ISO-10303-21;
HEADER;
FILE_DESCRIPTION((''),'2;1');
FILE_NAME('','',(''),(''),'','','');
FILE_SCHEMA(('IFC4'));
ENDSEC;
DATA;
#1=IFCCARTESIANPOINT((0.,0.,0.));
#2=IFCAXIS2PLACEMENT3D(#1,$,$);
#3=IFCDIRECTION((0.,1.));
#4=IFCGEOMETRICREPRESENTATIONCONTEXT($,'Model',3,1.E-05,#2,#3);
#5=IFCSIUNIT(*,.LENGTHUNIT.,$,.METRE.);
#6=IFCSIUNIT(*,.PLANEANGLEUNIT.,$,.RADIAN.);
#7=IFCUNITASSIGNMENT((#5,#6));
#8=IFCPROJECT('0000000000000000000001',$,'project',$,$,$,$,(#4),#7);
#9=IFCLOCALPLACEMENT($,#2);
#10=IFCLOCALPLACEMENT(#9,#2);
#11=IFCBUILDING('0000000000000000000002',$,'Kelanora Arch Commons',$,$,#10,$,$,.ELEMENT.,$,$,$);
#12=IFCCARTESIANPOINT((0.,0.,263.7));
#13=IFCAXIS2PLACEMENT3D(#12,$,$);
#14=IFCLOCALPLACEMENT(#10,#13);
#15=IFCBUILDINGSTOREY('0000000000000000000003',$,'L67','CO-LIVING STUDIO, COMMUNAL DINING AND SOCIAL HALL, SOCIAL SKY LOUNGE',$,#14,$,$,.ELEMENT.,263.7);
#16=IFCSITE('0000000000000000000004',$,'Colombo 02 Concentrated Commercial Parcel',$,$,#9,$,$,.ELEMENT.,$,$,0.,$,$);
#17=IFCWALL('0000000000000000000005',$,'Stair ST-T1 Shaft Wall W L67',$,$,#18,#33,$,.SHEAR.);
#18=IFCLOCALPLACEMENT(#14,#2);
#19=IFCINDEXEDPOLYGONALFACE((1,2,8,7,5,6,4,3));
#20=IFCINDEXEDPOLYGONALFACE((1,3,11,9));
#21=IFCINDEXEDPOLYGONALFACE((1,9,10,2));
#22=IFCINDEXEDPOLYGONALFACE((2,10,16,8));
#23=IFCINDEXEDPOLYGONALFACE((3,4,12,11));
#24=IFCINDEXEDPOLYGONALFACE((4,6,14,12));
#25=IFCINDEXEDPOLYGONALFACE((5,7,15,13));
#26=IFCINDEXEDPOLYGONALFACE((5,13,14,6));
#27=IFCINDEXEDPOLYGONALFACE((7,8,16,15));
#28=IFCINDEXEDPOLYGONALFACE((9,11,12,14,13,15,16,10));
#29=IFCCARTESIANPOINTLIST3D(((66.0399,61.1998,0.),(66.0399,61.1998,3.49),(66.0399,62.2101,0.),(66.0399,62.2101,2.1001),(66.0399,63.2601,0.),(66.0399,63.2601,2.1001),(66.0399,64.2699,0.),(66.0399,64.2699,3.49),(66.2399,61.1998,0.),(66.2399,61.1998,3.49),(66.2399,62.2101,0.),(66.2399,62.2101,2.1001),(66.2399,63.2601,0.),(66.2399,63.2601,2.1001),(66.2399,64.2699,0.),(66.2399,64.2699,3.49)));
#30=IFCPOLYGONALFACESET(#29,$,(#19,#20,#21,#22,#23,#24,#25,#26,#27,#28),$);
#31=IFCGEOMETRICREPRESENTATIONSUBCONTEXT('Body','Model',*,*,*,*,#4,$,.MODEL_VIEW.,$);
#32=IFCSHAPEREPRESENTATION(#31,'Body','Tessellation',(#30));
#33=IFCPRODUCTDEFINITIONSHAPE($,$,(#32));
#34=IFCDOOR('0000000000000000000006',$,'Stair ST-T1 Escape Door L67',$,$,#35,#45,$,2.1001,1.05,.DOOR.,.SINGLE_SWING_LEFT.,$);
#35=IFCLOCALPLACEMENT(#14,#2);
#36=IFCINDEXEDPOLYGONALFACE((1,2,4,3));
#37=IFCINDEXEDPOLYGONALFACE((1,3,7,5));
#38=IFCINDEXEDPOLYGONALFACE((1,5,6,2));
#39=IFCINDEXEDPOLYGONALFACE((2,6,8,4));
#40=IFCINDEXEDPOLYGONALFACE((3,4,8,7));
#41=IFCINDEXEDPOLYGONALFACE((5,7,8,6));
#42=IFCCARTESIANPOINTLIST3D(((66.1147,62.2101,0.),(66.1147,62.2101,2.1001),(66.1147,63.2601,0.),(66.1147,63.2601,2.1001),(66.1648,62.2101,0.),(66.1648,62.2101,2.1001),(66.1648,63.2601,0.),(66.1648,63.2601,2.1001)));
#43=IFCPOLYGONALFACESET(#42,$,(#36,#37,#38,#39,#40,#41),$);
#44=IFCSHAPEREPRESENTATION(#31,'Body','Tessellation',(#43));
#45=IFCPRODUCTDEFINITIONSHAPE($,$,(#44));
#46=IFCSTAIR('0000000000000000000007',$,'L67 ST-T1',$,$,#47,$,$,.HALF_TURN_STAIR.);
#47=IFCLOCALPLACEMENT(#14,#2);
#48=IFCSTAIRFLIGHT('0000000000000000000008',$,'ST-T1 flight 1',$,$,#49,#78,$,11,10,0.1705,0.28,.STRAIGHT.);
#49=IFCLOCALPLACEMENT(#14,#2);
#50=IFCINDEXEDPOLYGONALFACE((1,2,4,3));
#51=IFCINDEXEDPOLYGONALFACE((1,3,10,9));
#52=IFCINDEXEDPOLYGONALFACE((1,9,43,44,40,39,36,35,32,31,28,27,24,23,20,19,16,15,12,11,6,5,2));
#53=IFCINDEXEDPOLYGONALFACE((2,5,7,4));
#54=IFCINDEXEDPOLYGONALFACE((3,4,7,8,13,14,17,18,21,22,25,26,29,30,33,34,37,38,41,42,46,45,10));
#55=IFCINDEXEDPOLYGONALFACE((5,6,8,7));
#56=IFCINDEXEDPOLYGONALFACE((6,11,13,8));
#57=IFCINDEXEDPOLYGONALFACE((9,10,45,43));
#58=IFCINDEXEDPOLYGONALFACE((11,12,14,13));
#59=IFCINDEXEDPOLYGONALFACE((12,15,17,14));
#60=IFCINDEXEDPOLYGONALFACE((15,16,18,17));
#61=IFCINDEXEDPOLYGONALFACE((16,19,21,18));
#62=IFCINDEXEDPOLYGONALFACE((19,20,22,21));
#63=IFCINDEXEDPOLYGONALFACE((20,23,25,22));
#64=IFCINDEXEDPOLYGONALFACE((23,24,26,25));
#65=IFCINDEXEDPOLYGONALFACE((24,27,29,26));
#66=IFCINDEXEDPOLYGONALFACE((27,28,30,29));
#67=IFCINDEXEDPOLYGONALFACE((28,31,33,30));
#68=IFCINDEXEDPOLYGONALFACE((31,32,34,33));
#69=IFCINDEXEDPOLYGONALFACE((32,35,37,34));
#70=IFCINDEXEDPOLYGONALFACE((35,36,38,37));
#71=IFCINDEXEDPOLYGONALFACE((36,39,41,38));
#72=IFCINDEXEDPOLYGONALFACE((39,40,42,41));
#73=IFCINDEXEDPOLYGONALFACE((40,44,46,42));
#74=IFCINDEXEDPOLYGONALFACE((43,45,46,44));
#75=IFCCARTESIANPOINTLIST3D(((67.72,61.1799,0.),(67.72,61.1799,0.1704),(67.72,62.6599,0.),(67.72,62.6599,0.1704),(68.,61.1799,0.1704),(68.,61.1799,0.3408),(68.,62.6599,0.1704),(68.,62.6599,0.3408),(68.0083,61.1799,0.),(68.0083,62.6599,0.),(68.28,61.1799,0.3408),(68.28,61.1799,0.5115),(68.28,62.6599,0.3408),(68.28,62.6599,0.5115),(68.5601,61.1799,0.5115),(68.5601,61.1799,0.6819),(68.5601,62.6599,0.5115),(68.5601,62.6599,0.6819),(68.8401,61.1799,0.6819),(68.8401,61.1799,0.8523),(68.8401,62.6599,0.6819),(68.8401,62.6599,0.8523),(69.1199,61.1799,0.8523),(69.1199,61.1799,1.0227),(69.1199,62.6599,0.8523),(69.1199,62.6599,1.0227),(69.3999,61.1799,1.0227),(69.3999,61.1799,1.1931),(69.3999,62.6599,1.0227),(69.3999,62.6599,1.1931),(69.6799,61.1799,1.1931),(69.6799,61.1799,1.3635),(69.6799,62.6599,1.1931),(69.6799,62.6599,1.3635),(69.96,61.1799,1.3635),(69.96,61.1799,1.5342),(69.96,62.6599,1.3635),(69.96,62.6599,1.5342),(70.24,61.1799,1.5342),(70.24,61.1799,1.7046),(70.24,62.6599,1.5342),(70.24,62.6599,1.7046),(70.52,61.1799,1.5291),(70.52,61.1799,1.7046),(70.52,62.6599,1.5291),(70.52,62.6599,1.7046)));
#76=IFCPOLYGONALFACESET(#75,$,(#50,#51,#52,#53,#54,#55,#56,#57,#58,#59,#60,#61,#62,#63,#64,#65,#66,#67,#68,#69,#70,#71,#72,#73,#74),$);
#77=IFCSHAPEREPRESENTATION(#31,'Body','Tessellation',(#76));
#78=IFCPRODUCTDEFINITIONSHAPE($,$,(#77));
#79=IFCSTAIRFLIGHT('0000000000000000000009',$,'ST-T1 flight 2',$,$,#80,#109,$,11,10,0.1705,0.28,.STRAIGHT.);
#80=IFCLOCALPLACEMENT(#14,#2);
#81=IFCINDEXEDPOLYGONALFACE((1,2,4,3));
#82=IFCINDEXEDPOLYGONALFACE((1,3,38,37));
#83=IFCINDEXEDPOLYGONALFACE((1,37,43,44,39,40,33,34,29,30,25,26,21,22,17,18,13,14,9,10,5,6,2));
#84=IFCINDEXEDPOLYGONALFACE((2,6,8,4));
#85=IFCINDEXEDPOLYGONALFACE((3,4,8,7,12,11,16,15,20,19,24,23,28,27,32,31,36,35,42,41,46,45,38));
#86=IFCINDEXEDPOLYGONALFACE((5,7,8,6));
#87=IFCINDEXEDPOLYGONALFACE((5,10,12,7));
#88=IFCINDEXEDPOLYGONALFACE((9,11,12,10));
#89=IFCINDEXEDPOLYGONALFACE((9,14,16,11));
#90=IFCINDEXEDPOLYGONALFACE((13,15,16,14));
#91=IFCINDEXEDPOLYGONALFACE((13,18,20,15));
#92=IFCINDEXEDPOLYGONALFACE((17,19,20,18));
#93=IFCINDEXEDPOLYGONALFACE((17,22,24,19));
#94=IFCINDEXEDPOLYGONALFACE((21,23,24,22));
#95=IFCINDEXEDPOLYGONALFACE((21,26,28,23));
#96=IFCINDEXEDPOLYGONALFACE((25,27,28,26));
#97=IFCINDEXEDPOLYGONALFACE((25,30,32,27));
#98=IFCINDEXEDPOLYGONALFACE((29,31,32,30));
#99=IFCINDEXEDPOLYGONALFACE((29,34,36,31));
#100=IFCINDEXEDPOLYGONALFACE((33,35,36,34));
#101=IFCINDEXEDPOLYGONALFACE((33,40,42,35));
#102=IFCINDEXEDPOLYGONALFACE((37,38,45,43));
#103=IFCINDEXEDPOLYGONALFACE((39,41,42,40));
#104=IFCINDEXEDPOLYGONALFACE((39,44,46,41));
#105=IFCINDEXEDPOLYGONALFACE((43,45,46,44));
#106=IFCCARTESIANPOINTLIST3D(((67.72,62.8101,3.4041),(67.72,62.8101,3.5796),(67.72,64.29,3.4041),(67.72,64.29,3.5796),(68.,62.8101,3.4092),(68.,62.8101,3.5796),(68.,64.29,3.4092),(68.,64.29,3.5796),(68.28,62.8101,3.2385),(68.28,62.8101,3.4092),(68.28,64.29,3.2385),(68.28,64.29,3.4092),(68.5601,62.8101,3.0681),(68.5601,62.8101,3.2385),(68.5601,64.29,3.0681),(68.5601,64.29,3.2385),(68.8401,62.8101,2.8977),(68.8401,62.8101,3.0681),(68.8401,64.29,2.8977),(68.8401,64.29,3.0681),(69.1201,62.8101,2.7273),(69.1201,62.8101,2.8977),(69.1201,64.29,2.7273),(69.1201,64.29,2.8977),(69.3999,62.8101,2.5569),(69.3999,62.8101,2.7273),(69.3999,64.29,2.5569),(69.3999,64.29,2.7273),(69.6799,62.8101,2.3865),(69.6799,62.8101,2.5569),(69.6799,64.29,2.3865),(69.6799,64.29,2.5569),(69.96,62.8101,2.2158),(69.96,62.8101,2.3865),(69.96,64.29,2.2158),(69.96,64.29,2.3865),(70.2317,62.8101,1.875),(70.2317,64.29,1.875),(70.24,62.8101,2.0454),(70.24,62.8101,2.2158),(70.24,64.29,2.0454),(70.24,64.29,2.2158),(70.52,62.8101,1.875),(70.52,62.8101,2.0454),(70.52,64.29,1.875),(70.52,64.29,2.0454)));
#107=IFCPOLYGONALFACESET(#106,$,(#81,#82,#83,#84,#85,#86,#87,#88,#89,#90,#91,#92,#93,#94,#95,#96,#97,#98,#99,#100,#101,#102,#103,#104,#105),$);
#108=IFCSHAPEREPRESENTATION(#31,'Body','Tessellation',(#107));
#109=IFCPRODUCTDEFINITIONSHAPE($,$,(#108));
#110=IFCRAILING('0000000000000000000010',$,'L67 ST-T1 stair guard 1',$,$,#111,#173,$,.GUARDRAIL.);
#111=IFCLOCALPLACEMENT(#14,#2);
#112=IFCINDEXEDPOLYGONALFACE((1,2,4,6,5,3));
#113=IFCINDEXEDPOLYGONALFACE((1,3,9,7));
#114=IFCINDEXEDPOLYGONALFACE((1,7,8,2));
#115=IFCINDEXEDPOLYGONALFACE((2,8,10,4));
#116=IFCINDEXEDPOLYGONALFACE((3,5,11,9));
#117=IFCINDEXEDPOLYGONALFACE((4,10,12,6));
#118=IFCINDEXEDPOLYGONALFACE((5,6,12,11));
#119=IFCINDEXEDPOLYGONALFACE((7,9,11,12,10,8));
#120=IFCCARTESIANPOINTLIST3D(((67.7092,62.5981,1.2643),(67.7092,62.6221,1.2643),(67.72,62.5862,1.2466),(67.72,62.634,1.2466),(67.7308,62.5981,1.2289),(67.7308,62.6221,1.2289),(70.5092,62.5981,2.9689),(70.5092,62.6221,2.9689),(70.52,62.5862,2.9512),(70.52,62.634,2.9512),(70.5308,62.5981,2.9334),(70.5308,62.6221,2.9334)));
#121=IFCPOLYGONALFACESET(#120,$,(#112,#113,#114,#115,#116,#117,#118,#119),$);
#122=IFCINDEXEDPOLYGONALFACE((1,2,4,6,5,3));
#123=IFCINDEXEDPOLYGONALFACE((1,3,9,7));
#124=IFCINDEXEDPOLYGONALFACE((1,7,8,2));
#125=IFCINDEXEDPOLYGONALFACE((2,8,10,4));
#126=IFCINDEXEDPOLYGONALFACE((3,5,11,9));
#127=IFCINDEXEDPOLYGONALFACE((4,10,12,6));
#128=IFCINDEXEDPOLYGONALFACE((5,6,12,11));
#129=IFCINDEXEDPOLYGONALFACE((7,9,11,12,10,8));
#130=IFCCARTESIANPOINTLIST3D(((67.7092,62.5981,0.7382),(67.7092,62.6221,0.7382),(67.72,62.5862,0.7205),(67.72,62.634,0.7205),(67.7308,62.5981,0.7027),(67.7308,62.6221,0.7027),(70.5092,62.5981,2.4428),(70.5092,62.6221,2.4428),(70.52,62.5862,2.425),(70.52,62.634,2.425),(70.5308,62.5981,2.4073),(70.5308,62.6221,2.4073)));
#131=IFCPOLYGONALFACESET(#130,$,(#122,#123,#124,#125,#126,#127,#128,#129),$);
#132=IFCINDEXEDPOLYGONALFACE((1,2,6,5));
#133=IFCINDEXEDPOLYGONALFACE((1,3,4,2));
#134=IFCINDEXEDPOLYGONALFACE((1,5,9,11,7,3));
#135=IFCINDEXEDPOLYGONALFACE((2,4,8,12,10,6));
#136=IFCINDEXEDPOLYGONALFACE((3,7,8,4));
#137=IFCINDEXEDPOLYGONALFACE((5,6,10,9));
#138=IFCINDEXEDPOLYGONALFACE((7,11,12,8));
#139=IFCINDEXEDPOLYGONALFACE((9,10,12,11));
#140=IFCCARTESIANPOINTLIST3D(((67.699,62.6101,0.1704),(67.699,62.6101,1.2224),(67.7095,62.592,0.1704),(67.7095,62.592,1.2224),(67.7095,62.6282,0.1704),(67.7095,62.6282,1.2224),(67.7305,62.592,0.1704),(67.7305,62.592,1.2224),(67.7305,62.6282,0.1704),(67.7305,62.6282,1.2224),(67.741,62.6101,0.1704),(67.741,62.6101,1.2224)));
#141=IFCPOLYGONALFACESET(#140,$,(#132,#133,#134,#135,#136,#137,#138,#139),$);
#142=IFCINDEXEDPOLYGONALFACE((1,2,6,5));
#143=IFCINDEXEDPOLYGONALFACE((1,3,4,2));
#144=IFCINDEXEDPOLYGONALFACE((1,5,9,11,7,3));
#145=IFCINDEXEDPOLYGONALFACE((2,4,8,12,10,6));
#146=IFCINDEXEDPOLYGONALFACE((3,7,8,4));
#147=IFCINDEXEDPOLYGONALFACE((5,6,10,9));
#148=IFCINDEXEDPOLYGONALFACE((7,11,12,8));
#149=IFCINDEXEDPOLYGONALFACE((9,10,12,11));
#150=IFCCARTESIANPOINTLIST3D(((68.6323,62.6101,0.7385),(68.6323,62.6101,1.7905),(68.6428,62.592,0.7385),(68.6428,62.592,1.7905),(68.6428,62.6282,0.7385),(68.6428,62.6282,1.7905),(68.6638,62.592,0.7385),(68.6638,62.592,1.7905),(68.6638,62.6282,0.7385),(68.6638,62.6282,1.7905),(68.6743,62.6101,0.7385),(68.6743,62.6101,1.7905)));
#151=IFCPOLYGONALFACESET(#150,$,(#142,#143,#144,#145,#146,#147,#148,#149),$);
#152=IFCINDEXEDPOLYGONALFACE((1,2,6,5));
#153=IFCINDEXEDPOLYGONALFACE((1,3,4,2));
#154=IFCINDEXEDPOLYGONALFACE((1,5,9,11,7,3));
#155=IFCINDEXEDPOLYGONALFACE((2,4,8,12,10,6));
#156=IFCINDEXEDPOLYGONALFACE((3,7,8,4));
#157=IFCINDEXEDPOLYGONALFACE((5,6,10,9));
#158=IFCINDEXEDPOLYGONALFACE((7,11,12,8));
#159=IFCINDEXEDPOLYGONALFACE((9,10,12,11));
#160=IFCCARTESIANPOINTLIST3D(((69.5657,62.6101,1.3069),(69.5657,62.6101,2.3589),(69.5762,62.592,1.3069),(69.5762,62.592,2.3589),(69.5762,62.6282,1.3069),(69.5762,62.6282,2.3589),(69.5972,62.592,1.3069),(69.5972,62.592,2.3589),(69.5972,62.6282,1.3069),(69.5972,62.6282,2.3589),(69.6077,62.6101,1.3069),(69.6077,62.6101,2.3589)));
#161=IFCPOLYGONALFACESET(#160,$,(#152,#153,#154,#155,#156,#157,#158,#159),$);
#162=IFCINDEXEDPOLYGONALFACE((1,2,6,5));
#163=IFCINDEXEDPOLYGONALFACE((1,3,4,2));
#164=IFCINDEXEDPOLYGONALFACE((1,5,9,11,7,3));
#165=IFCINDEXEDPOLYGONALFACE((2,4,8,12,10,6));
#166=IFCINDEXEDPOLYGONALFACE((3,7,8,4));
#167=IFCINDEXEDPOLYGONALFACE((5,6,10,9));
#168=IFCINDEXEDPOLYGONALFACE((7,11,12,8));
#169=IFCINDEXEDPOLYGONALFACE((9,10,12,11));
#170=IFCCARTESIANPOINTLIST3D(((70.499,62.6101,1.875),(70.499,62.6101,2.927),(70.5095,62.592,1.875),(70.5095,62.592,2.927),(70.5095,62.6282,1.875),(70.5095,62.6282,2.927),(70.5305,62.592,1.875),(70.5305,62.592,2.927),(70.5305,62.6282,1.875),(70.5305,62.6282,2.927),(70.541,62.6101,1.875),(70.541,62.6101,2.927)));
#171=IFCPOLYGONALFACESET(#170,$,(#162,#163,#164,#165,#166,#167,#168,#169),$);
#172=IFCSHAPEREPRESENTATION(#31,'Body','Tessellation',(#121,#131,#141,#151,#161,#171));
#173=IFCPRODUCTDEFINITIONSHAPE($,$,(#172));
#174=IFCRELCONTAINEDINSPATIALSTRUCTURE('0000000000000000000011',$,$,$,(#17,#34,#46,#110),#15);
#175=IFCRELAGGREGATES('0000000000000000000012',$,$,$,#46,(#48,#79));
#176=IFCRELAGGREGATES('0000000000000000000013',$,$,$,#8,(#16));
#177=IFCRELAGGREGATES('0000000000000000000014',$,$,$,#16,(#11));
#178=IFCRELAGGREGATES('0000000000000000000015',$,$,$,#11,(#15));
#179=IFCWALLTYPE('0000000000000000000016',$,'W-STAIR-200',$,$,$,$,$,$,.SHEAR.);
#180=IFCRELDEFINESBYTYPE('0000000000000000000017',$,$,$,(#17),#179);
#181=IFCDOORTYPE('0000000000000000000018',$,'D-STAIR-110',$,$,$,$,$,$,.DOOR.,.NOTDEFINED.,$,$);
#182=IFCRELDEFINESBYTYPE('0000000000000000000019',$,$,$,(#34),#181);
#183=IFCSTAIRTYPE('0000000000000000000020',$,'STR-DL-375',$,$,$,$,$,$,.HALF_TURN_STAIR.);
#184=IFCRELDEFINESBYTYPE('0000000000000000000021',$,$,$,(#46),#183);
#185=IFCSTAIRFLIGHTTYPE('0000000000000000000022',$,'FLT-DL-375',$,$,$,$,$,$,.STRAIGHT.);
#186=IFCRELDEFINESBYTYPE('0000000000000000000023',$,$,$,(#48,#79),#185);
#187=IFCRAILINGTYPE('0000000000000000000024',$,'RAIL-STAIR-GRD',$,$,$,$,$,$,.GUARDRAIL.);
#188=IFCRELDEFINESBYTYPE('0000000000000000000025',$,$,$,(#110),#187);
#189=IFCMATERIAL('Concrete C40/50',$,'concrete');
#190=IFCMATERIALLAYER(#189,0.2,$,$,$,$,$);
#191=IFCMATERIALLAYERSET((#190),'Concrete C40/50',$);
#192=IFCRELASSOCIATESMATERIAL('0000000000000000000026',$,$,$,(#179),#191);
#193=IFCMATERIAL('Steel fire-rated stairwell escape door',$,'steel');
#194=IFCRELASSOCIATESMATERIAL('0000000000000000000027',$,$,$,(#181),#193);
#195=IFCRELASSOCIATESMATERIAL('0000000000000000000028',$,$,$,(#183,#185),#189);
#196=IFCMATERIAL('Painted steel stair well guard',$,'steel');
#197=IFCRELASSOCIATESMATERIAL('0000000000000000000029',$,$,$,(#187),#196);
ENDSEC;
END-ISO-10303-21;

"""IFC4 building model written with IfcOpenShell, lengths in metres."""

from ifc_helpers import new_model, si_unit, direction, frame, frame_2d, origin, place, context, subcontext, project, spatial, polyline, rectangle, outline, extrude, material, layer, layer_set, type_object, element, fill, aggregate, save


model = new_model("IFC4")

# Units and contexts
model_context = context("Model", 3, precision=1e-05, world=origin(), true_north=direction((0.0, 1.0)))
body_context = subcontext(model_context, "Body", "Model", "MODEL_VIEW")
ifc_project = project(units=[si_unit("LENGTHUNIT", "METRE"), si_unit("PLANEANGLEUNIT", "RADIAN")], contexts=[model_context])

# Site, building, storey
site_placement = place(None, origin())
site = spatial("IfcSite", under=ifc_project, at=site_placement, Name="Colombo 02 Concentrated Commercial Parcel", CompositionType="ELEMENT", RefElevation=0.0)
building_placement = place(site_placement, origin())
building = spatial("IfcBuilding", under=site, at=building_placement, Name="Kelanora Arch Commons", CompositionType="ELEMENT")
storey_placement = place(building_placement, frame((0.0, 0.0, 263.7)))
storey = spatial("IfcBuildingStorey", under=building, at=storey_placement, Name="L67", Description="CO-LIVING STUDIO, COMMUNAL DINING AND SOCIAL HALL, SOCIAL SKY LOUNGE", CompositionType="ELEMENT", Elevation=263.7)

# Shared definitions
ifc_material_1 = material(Name="Concrete C40/50", Category="concrete")
ifc_layer_1 = layer(ifc_material_1, 0.2)
ifc_layer_set_1 = layer_set([ifc_layer_1], Name="Concrete C40/50")
wall_type_1 = type_object("IfcWallType", Name="W-STAIR-200", PredefinedType="SHEAR", material=ifc_layer_set_1)

# Wall, opening, door
wall_1_placement = place(storey_placement, frame((66.1399, 64.27, 0.0), z_axis=(0.0, 0.0, 1.0), x_axis=(0.0, -1.0, 0.0)))
wall_1 = element("IfcWall", 1, at=wall_1_placement, inside=storey, type_object=wall_type_1, Name="Stair ST-T1 Shaft Wall W L67", PredefinedType="SHEAR", context=body_context, shape_type="SweptSolid", body=[
    extrude(rectangle(XDim=3.0701, YDim=0.2, at=frame_2d((1.5352, 0.0))), origin(), (0.0, 0.0, 1.0), 3.49),
])
opening_1_placement = place(wall_1_placement, frame((1.01, 0.0, 0.0)))
opening_1 = element("IfcOpeningElement", 2, at=opening_1_placement, cuts=wall_1, PredefinedType="OPENING", context=body_context, shape_type="SweptSolid", body=[
    extrude(rectangle(XDim=1.05, YDim=2.1001, at=frame_2d((0.5249, 1.05))), frame((0.0, 0.1099, 0.0), z_axis=(0.0, -1.0, 0.0), x_axis=(1.0, 0.0, 0.0)), (0.0, 0.0, 1.0), 0.22),
])
ifc_material_2 = material(Name="Steel fire-rated stairwell escape door", Category="steel")
door_type_1 = type_object("IfcDoorType", Name="D-STAIR-110", OperationType="NOTDEFINED", PredefinedType="DOOR", material=ifc_material_2)
door_1_placement = place(opening_1_placement, origin())
door_1 = element("IfcDoor", 3, at=door_1_placement, inside=storey, type_object=door_type_1, Name="Stair ST-T1 Escape Door L67", OperationType="SINGLE_SWING_LEFT", OverallHeight=2.1001, OverallWidth=1.05, PredefinedType="DOOR", context=body_context, shape_type="SweptSolid", body=[
    extrude(rectangle(XDim=1.05, YDim=2.1001, at=frame_2d((0.5249, 1.05))), frame((0.0, 0.0249, 0.0), z_axis=(0.0, -1.0, 0.0), x_axis=(1.0, 0.0, 0.0)), (0.0, 0.0, 1.0), 0.05),
])
fill(opening_1, door_1)

# Stair, stair flights
stair_type = type_object("IfcStairType", Name="STR-DL-375", PredefinedType="HALF_TURN_STAIR", material=ifc_material_1)
stair_placement = place(storey_placement, origin())
stair = element("IfcStair", 4, at=stair_placement, inside=storey, type_object=stair_type, Name="L67 ST-T1", PredefinedType="HALF_TURN_STAIR")
stair_flight_type = type_object("IfcStairFlightType", Name="FLT-DL-375", PredefinedType="STRAIGHT", material=ifc_material_1)
stair_flight_1_placement = place(storey_placement, frame((67.72, 61.9199, 0.0), z_axis=(0.0, 0.0, 1.0), x_axis=(1.0, 0.0, 0.0)))
stair_flight_1 = element("IfcStairFlight", 5, at=stair_flight_1_placement, type_object=stair_flight_type, Name="ST-T1 flight 1", NumberOfRisers=11, NumberOfTreads=10, PredefinedType="STRAIGHT", RiserHeight=0.1705, TreadLength=0.28, context=body_context, shape_type="SweptSolid", body=[
    extrude(outline(polyline([(0.0, 0.0), (0.0, 0.1704), (0.28, 0.1704), (0.28, 0.3408), (0.5601, 0.3408), (0.5601, 0.5115), (0.8401, 0.5115), (0.8401, 0.6819), (1.1201, 0.6819), (1.1201, 0.8523), (1.3999, 0.8523), (1.3999, 1.0227), (1.6799, 1.0227), (1.6799, 1.1931), (1.96, 1.1931), (1.96, 1.3635), (2.24, 1.3635), (2.24, 1.5342), (2.52, 1.5342), (2.52, 1.7046), (2.8, 1.7046), (2.8, 1.875), (2.8, 1.5291), (0.2883, 0.0), (0.0, 0.0)])), frame((0.0, 0.74, 0.0), z_axis=(0.0, -1.0, 0.0), x_axis=(1.0, 0.0, 0.0)), (0.0, 0.0, 1.0), 1.48),
])
stair_flight_2_placement = place(storey_placement, frame((70.52, 63.55, 1.875), z_axis=(0.0, 0.0, 1.0), x_axis=(-1.0, 0.0, 0.0)))
stair_flight_2 = element("IfcStairFlight", 6, at=stair_flight_2_placement, type_object=stair_flight_type, Name="ST-T1 flight 2", NumberOfRisers=11, NumberOfTreads=10, PredefinedType="STRAIGHT", RiserHeight=0.1705, TreadLength=0.28, context=body_context, shape_type="SweptSolid", body=[
    extrude(outline(polyline([(0.0, 0.0), (0.0, 0.1704), (0.28, 0.1704), (0.28, 0.3408), (0.5601, 0.3408), (0.5601, 0.5115), (0.8401, 0.5115), (0.8401, 0.6819), (1.1201, 0.6819), (1.1201, 0.8523), (1.3999, 0.8523), (1.3999, 1.0227), (1.6799, 1.0227), (1.6799, 1.1931), (1.96, 1.1931), (1.96, 1.3635), (2.24, 1.3635), (2.24, 1.5342), (2.52, 1.5342), (2.52, 1.7046), (2.8, 1.7046), (2.8, 1.875), (2.8, 1.5291), (0.2883, 0.0), (0.0, 0.0)])), frame((0.0, 0.74, 0.0), z_axis=(0.0, -1.0, 0.0), x_axis=(1.0, 0.0, 0.0)), (0.0, 0.0, 1.0), 1.48),
])
aggregate(stair, [stair_flight_1, stair_flight_2])

# Railing
ifc_material_3 = material(Name="Painted steel stair well guard", Category="steel")
railing_type_1 = type_object("IfcRailingType", Name="RAIL-STAIR-GRD", PredefinedType="GUARDRAIL", material=ifc_material_3)
railing_1_placement = place(storey_placement, frame((67.72, 62.6101, 0.1704)))
element("IfcRailing", 7, at=railing_1_placement, inside=storey, type_object=railing_type_1, Name="L67 ST-T1 stair guard 1", PredefinedType="GUARDRAIL", context=body_context, shape_type="SweptSolid", body=[
    extrude(outline(polyline([(0.0239, 0.0), (0.012, 0.0208), (-0.012, 0.0208), (-0.0239, 0.0), (-0.012, -0.0208), (0.012, -0.0208), (0.0239, 0.0)])), frame((0.0, 0.0, 1.0762), z_axis=(0.85417, 0.0, 0.519994), x_axis=(0.0, 1.0, 0.0)), (0.0, 0.0, 1.0), 3.2781),
    extrude(outline(polyline([(0.0239, 0.0), (0.012, 0.0208), (-0.012, 0.0208), (-0.0239, 0.0), (-0.012, -0.0208), (0.012, -0.0208), (0.0239, 0.0)])), frame((0.0, 0.0, 0.55), z_axis=(0.85417, 0.0, 0.519994), x_axis=(0.0, 1.0, 0.0)), (0.0, 0.0, 1.0), 3.2781),
    extrude(outline(polyline([(0.021, 0.0), (0.0105, 0.0181), (-0.0105, 0.0181), (-0.021, 0.0), (-0.0105, -0.0181), (0.0105, -0.0181), (0.021, 0.0)])), origin(), (0.0, 0.0, 1.0), 1.052),
    extrude(outline(polyline([(0.021, 0.0), (0.0105, 0.0181), (-0.0105, 0.0181), (-0.021, 0.0), (-0.0105, -0.0181), (0.0105, -0.0181), (0.021, 0.0)])), frame((0.9333, 0.0, 0.5681)), (0.0, 0.0, 1.0), 1.052),
    extrude(outline(polyline([(0.021, 0.0), (0.0105, 0.0181), (-0.0105, 0.0181), (-0.021, 0.0), (-0.0105, -0.0181), (0.0105, -0.0181), (0.021, 0.0)])), frame((1.8667, 0.0, 1.1365)), (0.0, 0.0, 1.0), 1.052),
    extrude(outline(polyline([(0.021, 0.0), (0.0105, 0.0181), (-0.0105, 0.0181), (-0.021, 0.0), (-0.0105, -0.0181), (0.0105, -0.0181), (0.021, 0.0)])), frame((2.8, 0.0, 1.7046)), (0.0, 0.0, 1.0), 1.052),
])

save(model, "model.ifc")
